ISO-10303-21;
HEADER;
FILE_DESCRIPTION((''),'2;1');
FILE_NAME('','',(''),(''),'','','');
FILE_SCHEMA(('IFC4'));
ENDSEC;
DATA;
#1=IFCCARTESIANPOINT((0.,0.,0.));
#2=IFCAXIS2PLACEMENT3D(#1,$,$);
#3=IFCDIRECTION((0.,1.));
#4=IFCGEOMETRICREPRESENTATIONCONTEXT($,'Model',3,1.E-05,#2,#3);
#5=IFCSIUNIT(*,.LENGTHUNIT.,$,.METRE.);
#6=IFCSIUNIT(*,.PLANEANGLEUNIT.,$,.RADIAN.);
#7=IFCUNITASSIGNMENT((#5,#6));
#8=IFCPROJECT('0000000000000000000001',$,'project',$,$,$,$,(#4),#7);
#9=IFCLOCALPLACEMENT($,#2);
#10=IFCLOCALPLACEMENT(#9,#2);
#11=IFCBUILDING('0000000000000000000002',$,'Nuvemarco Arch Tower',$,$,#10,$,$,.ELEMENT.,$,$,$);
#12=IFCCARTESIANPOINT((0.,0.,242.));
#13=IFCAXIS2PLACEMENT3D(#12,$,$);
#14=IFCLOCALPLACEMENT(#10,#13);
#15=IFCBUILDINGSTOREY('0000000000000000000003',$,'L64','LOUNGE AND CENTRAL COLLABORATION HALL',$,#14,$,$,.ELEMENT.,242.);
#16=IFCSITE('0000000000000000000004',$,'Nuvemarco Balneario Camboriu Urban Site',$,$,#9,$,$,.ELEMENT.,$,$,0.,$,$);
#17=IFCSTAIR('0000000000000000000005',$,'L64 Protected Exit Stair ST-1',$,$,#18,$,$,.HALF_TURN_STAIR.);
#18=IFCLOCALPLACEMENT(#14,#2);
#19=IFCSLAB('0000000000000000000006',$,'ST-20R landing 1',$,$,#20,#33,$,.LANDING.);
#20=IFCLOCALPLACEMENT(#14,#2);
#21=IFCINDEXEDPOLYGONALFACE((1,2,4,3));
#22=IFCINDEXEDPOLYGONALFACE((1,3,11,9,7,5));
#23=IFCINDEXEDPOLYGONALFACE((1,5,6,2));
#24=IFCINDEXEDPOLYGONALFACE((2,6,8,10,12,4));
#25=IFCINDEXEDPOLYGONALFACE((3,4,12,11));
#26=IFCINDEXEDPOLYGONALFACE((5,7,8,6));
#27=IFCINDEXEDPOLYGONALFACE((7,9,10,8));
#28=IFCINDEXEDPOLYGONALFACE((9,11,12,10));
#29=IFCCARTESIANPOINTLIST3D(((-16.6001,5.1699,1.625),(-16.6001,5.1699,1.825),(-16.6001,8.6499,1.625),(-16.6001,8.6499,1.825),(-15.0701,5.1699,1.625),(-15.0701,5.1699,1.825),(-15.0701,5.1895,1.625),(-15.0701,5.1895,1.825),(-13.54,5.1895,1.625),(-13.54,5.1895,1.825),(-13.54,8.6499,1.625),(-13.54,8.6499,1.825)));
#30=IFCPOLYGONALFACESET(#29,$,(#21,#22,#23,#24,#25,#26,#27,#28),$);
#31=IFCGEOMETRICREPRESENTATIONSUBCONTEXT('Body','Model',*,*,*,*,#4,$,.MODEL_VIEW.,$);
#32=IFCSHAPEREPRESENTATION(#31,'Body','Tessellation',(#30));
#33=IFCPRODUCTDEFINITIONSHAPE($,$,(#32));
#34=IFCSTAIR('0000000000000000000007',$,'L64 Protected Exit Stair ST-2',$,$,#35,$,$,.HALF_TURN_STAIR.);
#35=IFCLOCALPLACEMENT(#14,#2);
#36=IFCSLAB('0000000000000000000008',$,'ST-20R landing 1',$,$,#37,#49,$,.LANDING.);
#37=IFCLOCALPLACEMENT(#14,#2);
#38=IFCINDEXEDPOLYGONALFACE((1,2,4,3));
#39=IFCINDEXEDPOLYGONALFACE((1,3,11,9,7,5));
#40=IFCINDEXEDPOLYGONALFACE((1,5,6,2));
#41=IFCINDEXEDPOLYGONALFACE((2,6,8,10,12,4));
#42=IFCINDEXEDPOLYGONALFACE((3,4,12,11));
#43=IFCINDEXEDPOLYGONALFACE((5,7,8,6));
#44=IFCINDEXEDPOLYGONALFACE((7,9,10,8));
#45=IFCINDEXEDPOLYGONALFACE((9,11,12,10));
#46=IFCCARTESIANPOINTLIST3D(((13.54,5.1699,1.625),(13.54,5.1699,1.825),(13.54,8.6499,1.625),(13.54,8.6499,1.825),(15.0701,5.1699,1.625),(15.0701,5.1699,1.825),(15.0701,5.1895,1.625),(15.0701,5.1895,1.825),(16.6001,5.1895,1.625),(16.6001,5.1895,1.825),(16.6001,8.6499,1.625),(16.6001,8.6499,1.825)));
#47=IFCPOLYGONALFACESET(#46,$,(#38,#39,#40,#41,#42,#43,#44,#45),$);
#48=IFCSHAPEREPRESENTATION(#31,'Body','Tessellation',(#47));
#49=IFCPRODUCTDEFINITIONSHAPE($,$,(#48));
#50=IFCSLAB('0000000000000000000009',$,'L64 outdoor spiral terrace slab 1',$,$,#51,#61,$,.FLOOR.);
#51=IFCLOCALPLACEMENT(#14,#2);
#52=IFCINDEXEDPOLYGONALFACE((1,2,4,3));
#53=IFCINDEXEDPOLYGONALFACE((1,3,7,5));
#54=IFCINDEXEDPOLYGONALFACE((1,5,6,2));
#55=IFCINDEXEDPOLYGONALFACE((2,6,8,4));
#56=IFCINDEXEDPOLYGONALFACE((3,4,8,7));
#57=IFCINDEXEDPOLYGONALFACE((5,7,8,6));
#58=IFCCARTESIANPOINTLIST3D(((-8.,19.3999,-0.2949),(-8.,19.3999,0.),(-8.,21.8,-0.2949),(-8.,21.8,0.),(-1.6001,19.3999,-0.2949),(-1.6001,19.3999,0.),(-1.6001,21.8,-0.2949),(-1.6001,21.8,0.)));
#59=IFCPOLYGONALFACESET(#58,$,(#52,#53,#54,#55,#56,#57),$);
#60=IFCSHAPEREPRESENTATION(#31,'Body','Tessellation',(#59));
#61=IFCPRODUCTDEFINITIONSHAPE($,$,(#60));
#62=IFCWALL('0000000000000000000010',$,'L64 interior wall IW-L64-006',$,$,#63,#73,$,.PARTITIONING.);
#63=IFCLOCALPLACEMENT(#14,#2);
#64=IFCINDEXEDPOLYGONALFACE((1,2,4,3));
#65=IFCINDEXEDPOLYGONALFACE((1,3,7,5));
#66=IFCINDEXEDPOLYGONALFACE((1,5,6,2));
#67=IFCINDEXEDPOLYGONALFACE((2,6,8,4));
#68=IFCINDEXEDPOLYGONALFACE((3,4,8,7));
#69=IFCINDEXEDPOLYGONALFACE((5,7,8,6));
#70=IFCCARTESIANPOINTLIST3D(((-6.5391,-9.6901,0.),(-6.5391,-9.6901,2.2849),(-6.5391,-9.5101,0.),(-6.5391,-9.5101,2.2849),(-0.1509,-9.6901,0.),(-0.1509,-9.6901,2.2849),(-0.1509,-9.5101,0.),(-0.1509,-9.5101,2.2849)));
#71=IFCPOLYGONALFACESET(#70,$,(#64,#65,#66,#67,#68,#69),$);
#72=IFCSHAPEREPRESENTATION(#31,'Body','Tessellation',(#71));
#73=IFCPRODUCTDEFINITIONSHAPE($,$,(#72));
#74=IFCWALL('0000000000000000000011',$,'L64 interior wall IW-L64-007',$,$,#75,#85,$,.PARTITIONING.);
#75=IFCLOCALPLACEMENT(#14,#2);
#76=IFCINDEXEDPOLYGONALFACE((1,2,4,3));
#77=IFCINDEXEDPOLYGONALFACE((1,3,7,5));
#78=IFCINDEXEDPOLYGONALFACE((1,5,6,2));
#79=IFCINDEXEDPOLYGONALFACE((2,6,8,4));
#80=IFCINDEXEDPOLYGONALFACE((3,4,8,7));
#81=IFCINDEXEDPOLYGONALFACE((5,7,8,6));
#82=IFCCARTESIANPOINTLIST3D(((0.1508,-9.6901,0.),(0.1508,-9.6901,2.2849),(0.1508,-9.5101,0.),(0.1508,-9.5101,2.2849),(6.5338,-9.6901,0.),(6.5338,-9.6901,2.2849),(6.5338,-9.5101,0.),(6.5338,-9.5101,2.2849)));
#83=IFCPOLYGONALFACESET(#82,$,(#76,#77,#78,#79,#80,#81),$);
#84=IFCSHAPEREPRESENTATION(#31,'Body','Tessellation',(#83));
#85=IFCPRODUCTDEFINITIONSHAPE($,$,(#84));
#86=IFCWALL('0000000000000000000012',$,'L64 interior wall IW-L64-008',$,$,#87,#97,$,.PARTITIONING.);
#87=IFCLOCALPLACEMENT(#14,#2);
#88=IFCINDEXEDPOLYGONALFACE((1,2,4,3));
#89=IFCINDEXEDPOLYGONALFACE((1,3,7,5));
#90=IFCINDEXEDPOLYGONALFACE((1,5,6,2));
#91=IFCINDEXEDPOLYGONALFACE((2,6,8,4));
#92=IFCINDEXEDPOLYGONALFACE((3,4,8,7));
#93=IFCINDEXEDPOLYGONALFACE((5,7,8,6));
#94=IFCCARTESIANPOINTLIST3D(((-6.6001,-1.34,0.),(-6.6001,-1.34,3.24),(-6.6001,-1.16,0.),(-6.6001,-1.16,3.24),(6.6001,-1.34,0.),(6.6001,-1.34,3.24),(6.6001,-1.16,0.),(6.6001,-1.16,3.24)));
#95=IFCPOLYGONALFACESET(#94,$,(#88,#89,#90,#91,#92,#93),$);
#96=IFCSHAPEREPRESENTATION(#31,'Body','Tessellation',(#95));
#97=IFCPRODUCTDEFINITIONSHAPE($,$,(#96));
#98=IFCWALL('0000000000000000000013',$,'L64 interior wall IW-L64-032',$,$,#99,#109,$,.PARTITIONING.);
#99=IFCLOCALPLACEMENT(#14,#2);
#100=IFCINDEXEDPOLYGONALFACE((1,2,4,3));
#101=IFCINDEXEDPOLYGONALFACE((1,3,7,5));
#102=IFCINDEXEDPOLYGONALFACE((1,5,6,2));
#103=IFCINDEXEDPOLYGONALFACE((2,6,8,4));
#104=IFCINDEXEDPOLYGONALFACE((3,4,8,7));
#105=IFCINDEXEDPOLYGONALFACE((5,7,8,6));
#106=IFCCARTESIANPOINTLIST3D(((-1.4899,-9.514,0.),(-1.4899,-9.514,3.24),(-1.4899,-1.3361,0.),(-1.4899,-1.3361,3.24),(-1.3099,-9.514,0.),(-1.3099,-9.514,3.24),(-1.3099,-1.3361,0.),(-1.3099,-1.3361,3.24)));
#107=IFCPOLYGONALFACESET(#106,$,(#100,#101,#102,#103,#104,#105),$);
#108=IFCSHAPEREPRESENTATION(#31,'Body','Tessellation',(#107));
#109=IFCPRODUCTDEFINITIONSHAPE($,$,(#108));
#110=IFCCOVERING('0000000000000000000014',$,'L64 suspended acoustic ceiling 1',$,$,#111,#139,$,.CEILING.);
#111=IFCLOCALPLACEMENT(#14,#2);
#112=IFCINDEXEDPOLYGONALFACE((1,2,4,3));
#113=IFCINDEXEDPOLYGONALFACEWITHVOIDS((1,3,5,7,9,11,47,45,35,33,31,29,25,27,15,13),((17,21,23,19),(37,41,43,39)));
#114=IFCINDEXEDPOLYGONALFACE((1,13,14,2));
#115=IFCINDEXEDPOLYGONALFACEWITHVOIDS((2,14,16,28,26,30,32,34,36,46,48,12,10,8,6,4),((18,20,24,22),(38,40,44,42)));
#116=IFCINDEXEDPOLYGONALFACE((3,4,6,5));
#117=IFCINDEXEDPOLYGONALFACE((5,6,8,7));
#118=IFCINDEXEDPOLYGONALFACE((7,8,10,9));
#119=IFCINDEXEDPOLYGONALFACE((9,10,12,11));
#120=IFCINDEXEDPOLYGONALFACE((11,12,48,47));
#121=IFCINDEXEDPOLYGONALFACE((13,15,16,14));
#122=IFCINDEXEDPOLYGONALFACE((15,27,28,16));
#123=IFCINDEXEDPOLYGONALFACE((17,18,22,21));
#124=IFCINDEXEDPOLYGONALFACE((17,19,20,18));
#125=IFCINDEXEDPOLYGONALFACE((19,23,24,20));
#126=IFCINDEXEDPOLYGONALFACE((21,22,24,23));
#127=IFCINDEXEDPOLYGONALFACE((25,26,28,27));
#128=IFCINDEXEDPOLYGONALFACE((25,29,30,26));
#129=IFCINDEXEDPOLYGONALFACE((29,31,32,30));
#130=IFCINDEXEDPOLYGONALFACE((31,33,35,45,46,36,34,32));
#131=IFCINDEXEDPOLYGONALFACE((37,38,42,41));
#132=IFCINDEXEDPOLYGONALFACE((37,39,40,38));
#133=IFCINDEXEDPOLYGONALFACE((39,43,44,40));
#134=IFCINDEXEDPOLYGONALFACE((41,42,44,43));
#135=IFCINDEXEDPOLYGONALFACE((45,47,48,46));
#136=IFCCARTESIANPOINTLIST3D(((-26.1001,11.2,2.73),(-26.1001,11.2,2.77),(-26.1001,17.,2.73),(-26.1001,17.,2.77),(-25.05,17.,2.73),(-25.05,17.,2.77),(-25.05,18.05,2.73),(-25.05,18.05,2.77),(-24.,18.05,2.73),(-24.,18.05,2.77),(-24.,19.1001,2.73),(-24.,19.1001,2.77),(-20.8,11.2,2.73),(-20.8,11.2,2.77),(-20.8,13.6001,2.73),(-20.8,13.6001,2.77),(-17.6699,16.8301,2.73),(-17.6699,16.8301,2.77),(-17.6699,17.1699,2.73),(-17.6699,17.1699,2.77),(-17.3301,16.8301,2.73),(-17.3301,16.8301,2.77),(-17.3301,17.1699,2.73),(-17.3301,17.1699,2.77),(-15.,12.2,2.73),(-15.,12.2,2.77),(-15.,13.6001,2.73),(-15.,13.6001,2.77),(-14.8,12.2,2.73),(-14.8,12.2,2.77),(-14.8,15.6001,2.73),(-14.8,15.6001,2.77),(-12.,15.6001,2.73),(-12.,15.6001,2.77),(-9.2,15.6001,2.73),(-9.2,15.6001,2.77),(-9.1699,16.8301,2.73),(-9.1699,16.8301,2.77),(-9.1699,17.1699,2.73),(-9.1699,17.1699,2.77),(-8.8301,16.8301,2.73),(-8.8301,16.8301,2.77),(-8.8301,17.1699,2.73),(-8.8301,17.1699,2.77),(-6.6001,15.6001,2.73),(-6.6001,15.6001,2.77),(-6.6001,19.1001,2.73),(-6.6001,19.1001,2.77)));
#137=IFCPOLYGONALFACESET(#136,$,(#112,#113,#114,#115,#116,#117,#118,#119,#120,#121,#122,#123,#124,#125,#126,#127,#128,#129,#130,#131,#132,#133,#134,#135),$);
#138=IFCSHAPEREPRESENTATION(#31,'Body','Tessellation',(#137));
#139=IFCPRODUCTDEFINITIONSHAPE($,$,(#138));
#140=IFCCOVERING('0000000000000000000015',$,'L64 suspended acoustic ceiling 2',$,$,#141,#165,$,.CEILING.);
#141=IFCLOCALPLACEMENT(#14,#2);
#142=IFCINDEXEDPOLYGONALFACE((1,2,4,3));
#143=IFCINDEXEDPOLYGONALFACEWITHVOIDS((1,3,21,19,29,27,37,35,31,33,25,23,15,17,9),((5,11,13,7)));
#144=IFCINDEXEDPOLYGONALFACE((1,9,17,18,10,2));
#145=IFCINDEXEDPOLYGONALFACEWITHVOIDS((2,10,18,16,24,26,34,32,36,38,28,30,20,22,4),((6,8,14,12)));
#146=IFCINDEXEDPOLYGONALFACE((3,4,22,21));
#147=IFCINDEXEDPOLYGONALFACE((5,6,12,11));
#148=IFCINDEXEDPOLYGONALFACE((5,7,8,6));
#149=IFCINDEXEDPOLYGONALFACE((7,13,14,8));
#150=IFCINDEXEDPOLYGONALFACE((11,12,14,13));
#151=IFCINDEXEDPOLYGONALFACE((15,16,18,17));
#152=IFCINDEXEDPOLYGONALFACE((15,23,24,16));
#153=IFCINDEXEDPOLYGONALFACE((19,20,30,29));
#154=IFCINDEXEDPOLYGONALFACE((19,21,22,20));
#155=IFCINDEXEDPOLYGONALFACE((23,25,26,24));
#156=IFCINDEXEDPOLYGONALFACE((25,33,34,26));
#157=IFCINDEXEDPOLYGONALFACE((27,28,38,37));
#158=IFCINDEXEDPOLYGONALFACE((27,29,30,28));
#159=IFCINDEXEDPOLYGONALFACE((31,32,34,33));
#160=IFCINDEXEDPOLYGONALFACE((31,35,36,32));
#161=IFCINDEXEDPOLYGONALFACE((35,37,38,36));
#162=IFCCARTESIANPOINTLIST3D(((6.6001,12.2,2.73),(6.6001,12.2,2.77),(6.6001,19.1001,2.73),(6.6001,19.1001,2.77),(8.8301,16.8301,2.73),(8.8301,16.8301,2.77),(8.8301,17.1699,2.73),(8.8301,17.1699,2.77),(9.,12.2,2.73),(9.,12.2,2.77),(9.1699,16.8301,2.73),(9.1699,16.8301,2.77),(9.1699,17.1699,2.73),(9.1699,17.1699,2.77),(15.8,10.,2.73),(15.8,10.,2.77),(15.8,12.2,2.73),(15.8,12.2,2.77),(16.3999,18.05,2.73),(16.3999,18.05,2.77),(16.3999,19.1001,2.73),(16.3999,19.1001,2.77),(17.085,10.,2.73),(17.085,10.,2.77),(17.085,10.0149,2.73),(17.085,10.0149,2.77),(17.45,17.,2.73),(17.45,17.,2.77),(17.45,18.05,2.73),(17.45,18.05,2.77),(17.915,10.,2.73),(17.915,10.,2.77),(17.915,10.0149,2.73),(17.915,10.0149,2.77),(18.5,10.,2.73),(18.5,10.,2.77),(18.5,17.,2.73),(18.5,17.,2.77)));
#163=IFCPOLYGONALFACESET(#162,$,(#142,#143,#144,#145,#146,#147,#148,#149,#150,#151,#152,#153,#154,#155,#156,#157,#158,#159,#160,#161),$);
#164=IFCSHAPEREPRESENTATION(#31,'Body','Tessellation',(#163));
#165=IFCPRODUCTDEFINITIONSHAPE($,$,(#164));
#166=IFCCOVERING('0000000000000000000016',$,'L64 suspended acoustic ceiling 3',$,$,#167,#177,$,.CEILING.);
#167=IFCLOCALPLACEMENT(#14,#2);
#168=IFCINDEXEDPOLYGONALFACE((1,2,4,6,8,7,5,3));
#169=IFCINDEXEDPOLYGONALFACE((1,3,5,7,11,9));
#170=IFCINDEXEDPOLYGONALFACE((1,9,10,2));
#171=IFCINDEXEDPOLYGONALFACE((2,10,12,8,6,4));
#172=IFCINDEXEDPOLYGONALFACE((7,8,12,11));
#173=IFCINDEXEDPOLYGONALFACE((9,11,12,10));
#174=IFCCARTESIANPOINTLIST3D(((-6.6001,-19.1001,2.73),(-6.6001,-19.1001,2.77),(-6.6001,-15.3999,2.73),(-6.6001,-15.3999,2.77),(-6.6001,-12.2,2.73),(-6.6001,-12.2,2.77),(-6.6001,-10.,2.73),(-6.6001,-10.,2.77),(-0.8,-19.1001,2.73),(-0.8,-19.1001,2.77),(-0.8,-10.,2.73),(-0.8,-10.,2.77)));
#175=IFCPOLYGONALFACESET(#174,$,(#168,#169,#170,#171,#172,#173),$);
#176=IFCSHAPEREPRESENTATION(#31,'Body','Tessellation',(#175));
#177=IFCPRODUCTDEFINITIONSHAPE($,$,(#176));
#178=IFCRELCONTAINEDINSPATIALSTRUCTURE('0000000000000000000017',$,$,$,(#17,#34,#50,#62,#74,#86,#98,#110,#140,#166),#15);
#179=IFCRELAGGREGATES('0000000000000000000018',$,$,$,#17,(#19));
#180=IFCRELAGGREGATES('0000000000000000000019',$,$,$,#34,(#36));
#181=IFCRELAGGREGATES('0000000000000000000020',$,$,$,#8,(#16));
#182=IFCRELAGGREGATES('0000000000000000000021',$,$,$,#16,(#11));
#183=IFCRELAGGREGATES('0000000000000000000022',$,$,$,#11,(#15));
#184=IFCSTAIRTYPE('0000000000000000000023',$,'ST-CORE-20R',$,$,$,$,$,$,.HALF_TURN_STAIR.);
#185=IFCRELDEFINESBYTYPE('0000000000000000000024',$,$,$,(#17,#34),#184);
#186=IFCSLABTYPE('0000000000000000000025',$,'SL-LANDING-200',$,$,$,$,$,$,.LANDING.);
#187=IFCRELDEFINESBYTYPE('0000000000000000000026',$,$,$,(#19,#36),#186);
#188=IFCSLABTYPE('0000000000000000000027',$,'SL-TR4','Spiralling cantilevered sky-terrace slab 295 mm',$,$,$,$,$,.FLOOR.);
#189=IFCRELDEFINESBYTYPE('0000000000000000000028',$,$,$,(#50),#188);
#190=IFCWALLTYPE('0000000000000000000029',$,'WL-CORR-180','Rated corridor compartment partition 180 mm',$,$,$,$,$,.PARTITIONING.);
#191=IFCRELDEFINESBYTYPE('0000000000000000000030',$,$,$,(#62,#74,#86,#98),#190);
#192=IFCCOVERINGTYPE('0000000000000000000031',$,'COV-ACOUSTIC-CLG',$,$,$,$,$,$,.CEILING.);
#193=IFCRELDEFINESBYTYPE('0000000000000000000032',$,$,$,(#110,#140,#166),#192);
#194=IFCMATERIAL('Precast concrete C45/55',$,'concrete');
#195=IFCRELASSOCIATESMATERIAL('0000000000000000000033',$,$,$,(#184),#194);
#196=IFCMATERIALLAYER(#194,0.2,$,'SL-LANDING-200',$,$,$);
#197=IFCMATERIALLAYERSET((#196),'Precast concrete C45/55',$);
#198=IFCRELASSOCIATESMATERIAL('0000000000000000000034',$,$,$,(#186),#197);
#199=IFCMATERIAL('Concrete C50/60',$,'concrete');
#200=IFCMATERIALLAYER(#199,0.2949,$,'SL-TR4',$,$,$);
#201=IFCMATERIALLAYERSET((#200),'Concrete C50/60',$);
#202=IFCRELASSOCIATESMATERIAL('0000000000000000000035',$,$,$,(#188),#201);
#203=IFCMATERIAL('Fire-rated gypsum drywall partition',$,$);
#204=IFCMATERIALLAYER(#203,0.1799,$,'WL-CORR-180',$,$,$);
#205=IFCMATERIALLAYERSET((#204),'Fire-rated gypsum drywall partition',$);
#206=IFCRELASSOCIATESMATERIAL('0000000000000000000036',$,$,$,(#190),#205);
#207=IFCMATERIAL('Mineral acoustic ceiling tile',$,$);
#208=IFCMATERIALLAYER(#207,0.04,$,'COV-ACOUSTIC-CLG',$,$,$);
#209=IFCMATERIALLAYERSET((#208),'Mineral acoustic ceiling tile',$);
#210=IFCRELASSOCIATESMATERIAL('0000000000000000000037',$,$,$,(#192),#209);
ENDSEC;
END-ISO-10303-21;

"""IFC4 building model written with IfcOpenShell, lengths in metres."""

from ifc_helpers import new_model, si_unit, direction, frame, frame_2d, origin, place, context, subcontext, project, spatial, polyline, rectangle, outline, extrude, material, layer, layer_set, type_object, element, aggregate, save


model = new_model("IFC4")

# Units and contexts
model_context = context("Model", 3, precision=1e-05, world=origin(), true_north=direction((0.0, 1.0)))
body_context = subcontext(model_context, "Body", "Model", "MODEL_VIEW")
ifc_project = project(units=[si_unit("LENGTHUNIT", "METRE"), si_unit("PLANEANGLEUNIT", "RADIAN")], contexts=[model_context])

# Site, building, storey
site_placement = place(None, origin())
site = spatial("IfcSite", under=ifc_project, at=site_placement, Name="Nuvemarco Balneario Camboriu Urban Site", CompositionType="ELEMENT", RefElevation=0.0)
building_placement = place(site_placement, origin())
building = spatial("IfcBuilding", under=site, at=building_placement, Name="Nuvemarco Arch Tower", CompositionType="ELEMENT")
storey_placement = place(building_placement, frame((0.0, 0.0, 242.0)))
storey = spatial("IfcBuildingStorey", under=building, at=storey_placement, Name="L64", Description="LOUNGE AND CENTRAL COLLABORATION HALL", CompositionType="ELEMENT", Elevation=242.0)

# Shared definitions
ifc_material_1 = material(Name="Concrete C50/60", Category="concrete")

# Stairs, slabs
ifc_material_2 = material(Name="Precast concrete C45/55", Category="concrete")
stair_type = type_object("IfcStairType", Name="ST-CORE-20R", PredefinedType="HALF_TURN_STAIR", material=ifc_material_2)
stair_1_placement = place(storey_placement, origin())
stair_1 = element("IfcStair", 1, at=stair_1_placement, inside=storey, type_object=stair_type, Name="L64 Protected Exit Stair ST-1", PredefinedType="HALF_TURN_STAIR")
ifc_layer_1 = layer(ifc_material_2, 0.2, Name="SL-LANDING-200")
ifc_layer_set_1 = layer_set([ifc_layer_1], Name="Precast concrete C45/55")
slab_type_1 = type_object("IfcSlabType", Name="SL-LANDING-200", PredefinedType="LANDING", material=ifc_layer_set_1)
slab_1_placement = place(storey_placement, frame((0.0, 0.0, 1.625)))
slab_1 = element("IfcSlab", 2, at=slab_1_placement, type_object=slab_type_1, Name="ST-20R landing 1", PredefinedType="LANDING", context=body_context, shape_type="SweptSolid", body=[
    extrude(outline(polyline([(-13.54, 5.1895), (-13.54, 8.6499), (-16.6001, 8.6499), (-16.6001, 5.1699), (-15.0701, 5.1699), (-15.0701, 5.1895), (-13.54, 5.1895)])), origin(), (0.0, 0.0, 1.0), 0.2),
])
aggregate(stair_1, [slab_1])
stair_2_placement = place(storey_placement, origin())
stair_2 = element("IfcStair", 3, at=stair_2_placement, inside=storey, type_object=stair_type, Name="L64 Protected Exit Stair ST-2", PredefinedType="HALF_TURN_STAIR")
slab_2_placement = place(storey_placement, frame((0.0, 0.0, 1.625)))
slab_2 = element("IfcSlab", 4, at=slab_2_placement, type_object=slab_type_1, Name="ST-20R landing 1", PredefinedType="LANDING", context=body_context, shape_type="SweptSolid", body=[
    extrude(outline(polyline([(16.6001, 5.1895), (16.6001, 8.6499), (13.54, 8.6499), (13.54, 5.1699), (15.0701, 5.1699), (15.0701, 5.1895), (16.6001, 5.1895)])), origin(), (0.0, 0.0, 1.0), 0.2),
])
aggregate(stair_2, [slab_2])

# Slab
ifc_layer_2 = layer(ifc_material_1, 0.2949, Name="SL-TR4")
ifc_layer_set_2 = layer_set([ifc_layer_2], Name="Concrete C50/60")
slab_type_2 = type_object("IfcSlabType", Name="SL-TR4", Description="Spiralling cantilevered sky-terrace slab 295 mm", PredefinedType="FLOOR", material=ifc_layer_set_2)
slab_3_placement = place(storey_placement, frame((0.0, 0.0, -0.2949)))
element("IfcSlab", 5, at=slab_3_placement, inside=storey, type_object=slab_type_2, Name="L64 outdoor spiral terrace slab 1", PredefinedType="FLOOR", context=body_context, shape_type="SweptSolid", body=[
    extrude(outline(polyline([(-8.0, 19.3999), (-1.6001, 19.3999), (-1.6001, 21.8), (-8.0, 21.8), (-8.0, 19.3999)])), origin(), (0.0, 0.0, 1.0), 0.2949),
])

# Walls
ifc_material_3 = material(Name="Fire-rated gypsum drywall partition")
ifc_layer_3 = layer(ifc_material_3, 0.1799, Name="WL-CORR-180")
ifc_layer_set_3 = layer_set([ifc_layer_3], Name="Fire-rated gypsum drywall partition")
wall_type = type_object("IfcWallType", Name="WL-CORR-180", Description="Rated corridor compartment partition 180 mm", PredefinedType="PARTITIONING", material=ifc_layer_set_3)
wall_1_placement = place(storey_placement, frame((-6.5391, -9.6001, 0.0), z_axis=(0.0, 0.0, 1.0), x_axis=(1.0, 0.0, 0.0)))
element("IfcWall", 6, at=wall_1_placement, inside=storey, type_object=wall_type, Name="L64 interior wall IW-L64-006", PredefinedType="PARTITIONING", context=body_context, shape_type="SweptSolid", body=[
    extrude(rectangle(XDim=6.3882, YDim=0.1799, at=frame_2d((3.1941, 0.0))), origin(), (0.0, 0.0, 1.0), 2.2849),
])
wall_2_placement = place(storey_placement, frame((0.1509, -9.6001, 0.0), z_axis=(0.0, 0.0, 1.0), x_axis=(1.0, 0.0, 0.0)))
element("IfcWall", 7, at=wall_2_placement, inside=storey, type_object=wall_type, Name="L64 interior wall IW-L64-007", PredefinedType="PARTITIONING", context=body_context, shape_type="SweptSolid", body=[
    extrude(rectangle(XDim=6.3831, YDim=0.1799, at=frame_2d((3.1914, 0.0))), origin(), (0.0, 0.0, 1.0), 2.2849),
])
wall_3_placement = place(storey_placement, frame((-6.6001, -1.25, 0.0), z_axis=(0.0, 0.0, 1.0), x_axis=(1.0, 0.0, 0.0)))
element("IfcWall", 8, at=wall_3_placement, inside=storey, type_object=wall_type, Name="L64 interior wall IW-L64-008", PredefinedType="PARTITIONING", context=body_context, shape_type="SweptSolid", body=[
    extrude(rectangle(XDim=13.2002, YDim=0.1799, at=frame_2d((6.6001, 0.0))), origin(), (0.0, 0.0, 1.0), 3.24),
])
wall_4_placement = place(storey_placement, frame((-1.3999, -9.5139, 0.0), z_axis=(0.0, 0.0, 1.0), x_axis=(0.0, 1.0, 0.0)))
element("IfcWall", 9, at=wall_4_placement, inside=storey, type_object=wall_type, Name="L64 interior wall IW-L64-032", PredefinedType="PARTITIONING", context=body_context, shape_type="SweptSolid", body=[
    extrude(rectangle(XDim=8.178, YDim=0.1799, at=frame_2d((4.0889, 0.0))), origin(), (0.0, 0.0, 1.0), 3.24),
])

# Coverings
ifc_material_4 = material(Name="Mineral acoustic ceiling tile")
ifc_layer_4 = layer(ifc_material_4, 0.04, Name="COV-ACOUSTIC-CLG")
ifc_layer_set_4 = layer_set([ifc_layer_4], Name="Mineral acoustic ceiling tile")
covering_type = type_object("IfcCoveringType", Name="COV-ACOUSTIC-CLG", PredefinedType="CEILING", material=ifc_layer_set_4)
covering_1_placement = place(storey_placement, frame((0.0, 0.0, 2.73)))
element("IfcCovering", 10, at=covering_1_placement, inside=storey, type_object=covering_type, Name="L64 suspended acoustic ceiling 1", PredefinedType="CEILING", context=body_context, shape_type="SweptSolid", body=[
    extrude(outline(polyline([(-15.0, 12.2), (-15.0, 13.6001), (-20.8, 13.6001), (-20.8, 11.2), (-26.1001, 11.2), (-26.1001, 17.0), (-25.05, 17.0), (-25.05, 18.05), (-24.0, 18.05), (-24.0, 19.1001), (-6.6001, 19.1001), (-6.6001, 15.6001), (-9.2, 15.6001), (-12.0, 15.6001), (-14.8, 15.6001), (-14.8, 12.2), (-15.0, 12.2)]), holes=[polyline([(-17.3301, 17.1699), (-17.6699, 17.1699), (-17.6699, 16.8301), (-17.3301, 16.8301), (-17.3301, 17.1699)]), polyline([(-8.8301, 17.1699), (-9.1699, 17.1699), (-9.1699, 16.8301), (-8.8301, 16.8301), (-8.8301, 17.1699)])]), origin(), (0.0, 0.0, 1.0), 0.04),
])
covering_2_placement = place(storey_placement, frame((0.0, 0.0, 2.73)))
element("IfcCovering", 11, at=covering_2_placement, inside=storey, type_object=covering_type, Name="L64 suspended acoustic ceiling 2", PredefinedType="CEILING", context=body_context, shape_type="SweptSolid", body=[
    extrude(outline(polyline([(18.5, 17.0), (18.5, 10.0), (17.915, 10.0), (17.915, 10.0149), (17.085, 10.0149), (17.085, 10.0), (15.8, 10.0), (15.8, 12.2), (9.0, 12.2), (6.6001, 12.2), (6.6001, 19.1001), (16.3999, 19.1001), (16.3999, 18.05), (17.45, 18.05), (17.45, 17.0), (18.5, 17.0)]), holes=[polyline([(9.1699, 17.1699), (8.8301, 17.1699), (8.8301, 16.8301), (9.1699, 16.8301), (9.1699, 17.1699)])]), origin(), (0.0, 0.0, 1.0), 0.04),
])
covering_3_placement = place(storey_placement, frame((0.0, 0.0, 2.73)))
element("IfcCovering", 12, at=covering_3_placement, inside=storey, type_object=covering_type, Name="L64 suspended acoustic ceiling 3", PredefinedType="CEILING", context=body_context, shape_type="SweptSolid", body=[
    extrude(outline(polyline([(-6.6001, -10.0), (-0.8, -10.0), (-0.8, -19.1001), (-6.6001, -19.1001), (-6.6001, -15.3999), (-6.6001, -12.2), (-6.6001, -10.0)])), origin(), (0.0, 0.0, 1.0), 0.04),
])

save(model, "model.ifc")
